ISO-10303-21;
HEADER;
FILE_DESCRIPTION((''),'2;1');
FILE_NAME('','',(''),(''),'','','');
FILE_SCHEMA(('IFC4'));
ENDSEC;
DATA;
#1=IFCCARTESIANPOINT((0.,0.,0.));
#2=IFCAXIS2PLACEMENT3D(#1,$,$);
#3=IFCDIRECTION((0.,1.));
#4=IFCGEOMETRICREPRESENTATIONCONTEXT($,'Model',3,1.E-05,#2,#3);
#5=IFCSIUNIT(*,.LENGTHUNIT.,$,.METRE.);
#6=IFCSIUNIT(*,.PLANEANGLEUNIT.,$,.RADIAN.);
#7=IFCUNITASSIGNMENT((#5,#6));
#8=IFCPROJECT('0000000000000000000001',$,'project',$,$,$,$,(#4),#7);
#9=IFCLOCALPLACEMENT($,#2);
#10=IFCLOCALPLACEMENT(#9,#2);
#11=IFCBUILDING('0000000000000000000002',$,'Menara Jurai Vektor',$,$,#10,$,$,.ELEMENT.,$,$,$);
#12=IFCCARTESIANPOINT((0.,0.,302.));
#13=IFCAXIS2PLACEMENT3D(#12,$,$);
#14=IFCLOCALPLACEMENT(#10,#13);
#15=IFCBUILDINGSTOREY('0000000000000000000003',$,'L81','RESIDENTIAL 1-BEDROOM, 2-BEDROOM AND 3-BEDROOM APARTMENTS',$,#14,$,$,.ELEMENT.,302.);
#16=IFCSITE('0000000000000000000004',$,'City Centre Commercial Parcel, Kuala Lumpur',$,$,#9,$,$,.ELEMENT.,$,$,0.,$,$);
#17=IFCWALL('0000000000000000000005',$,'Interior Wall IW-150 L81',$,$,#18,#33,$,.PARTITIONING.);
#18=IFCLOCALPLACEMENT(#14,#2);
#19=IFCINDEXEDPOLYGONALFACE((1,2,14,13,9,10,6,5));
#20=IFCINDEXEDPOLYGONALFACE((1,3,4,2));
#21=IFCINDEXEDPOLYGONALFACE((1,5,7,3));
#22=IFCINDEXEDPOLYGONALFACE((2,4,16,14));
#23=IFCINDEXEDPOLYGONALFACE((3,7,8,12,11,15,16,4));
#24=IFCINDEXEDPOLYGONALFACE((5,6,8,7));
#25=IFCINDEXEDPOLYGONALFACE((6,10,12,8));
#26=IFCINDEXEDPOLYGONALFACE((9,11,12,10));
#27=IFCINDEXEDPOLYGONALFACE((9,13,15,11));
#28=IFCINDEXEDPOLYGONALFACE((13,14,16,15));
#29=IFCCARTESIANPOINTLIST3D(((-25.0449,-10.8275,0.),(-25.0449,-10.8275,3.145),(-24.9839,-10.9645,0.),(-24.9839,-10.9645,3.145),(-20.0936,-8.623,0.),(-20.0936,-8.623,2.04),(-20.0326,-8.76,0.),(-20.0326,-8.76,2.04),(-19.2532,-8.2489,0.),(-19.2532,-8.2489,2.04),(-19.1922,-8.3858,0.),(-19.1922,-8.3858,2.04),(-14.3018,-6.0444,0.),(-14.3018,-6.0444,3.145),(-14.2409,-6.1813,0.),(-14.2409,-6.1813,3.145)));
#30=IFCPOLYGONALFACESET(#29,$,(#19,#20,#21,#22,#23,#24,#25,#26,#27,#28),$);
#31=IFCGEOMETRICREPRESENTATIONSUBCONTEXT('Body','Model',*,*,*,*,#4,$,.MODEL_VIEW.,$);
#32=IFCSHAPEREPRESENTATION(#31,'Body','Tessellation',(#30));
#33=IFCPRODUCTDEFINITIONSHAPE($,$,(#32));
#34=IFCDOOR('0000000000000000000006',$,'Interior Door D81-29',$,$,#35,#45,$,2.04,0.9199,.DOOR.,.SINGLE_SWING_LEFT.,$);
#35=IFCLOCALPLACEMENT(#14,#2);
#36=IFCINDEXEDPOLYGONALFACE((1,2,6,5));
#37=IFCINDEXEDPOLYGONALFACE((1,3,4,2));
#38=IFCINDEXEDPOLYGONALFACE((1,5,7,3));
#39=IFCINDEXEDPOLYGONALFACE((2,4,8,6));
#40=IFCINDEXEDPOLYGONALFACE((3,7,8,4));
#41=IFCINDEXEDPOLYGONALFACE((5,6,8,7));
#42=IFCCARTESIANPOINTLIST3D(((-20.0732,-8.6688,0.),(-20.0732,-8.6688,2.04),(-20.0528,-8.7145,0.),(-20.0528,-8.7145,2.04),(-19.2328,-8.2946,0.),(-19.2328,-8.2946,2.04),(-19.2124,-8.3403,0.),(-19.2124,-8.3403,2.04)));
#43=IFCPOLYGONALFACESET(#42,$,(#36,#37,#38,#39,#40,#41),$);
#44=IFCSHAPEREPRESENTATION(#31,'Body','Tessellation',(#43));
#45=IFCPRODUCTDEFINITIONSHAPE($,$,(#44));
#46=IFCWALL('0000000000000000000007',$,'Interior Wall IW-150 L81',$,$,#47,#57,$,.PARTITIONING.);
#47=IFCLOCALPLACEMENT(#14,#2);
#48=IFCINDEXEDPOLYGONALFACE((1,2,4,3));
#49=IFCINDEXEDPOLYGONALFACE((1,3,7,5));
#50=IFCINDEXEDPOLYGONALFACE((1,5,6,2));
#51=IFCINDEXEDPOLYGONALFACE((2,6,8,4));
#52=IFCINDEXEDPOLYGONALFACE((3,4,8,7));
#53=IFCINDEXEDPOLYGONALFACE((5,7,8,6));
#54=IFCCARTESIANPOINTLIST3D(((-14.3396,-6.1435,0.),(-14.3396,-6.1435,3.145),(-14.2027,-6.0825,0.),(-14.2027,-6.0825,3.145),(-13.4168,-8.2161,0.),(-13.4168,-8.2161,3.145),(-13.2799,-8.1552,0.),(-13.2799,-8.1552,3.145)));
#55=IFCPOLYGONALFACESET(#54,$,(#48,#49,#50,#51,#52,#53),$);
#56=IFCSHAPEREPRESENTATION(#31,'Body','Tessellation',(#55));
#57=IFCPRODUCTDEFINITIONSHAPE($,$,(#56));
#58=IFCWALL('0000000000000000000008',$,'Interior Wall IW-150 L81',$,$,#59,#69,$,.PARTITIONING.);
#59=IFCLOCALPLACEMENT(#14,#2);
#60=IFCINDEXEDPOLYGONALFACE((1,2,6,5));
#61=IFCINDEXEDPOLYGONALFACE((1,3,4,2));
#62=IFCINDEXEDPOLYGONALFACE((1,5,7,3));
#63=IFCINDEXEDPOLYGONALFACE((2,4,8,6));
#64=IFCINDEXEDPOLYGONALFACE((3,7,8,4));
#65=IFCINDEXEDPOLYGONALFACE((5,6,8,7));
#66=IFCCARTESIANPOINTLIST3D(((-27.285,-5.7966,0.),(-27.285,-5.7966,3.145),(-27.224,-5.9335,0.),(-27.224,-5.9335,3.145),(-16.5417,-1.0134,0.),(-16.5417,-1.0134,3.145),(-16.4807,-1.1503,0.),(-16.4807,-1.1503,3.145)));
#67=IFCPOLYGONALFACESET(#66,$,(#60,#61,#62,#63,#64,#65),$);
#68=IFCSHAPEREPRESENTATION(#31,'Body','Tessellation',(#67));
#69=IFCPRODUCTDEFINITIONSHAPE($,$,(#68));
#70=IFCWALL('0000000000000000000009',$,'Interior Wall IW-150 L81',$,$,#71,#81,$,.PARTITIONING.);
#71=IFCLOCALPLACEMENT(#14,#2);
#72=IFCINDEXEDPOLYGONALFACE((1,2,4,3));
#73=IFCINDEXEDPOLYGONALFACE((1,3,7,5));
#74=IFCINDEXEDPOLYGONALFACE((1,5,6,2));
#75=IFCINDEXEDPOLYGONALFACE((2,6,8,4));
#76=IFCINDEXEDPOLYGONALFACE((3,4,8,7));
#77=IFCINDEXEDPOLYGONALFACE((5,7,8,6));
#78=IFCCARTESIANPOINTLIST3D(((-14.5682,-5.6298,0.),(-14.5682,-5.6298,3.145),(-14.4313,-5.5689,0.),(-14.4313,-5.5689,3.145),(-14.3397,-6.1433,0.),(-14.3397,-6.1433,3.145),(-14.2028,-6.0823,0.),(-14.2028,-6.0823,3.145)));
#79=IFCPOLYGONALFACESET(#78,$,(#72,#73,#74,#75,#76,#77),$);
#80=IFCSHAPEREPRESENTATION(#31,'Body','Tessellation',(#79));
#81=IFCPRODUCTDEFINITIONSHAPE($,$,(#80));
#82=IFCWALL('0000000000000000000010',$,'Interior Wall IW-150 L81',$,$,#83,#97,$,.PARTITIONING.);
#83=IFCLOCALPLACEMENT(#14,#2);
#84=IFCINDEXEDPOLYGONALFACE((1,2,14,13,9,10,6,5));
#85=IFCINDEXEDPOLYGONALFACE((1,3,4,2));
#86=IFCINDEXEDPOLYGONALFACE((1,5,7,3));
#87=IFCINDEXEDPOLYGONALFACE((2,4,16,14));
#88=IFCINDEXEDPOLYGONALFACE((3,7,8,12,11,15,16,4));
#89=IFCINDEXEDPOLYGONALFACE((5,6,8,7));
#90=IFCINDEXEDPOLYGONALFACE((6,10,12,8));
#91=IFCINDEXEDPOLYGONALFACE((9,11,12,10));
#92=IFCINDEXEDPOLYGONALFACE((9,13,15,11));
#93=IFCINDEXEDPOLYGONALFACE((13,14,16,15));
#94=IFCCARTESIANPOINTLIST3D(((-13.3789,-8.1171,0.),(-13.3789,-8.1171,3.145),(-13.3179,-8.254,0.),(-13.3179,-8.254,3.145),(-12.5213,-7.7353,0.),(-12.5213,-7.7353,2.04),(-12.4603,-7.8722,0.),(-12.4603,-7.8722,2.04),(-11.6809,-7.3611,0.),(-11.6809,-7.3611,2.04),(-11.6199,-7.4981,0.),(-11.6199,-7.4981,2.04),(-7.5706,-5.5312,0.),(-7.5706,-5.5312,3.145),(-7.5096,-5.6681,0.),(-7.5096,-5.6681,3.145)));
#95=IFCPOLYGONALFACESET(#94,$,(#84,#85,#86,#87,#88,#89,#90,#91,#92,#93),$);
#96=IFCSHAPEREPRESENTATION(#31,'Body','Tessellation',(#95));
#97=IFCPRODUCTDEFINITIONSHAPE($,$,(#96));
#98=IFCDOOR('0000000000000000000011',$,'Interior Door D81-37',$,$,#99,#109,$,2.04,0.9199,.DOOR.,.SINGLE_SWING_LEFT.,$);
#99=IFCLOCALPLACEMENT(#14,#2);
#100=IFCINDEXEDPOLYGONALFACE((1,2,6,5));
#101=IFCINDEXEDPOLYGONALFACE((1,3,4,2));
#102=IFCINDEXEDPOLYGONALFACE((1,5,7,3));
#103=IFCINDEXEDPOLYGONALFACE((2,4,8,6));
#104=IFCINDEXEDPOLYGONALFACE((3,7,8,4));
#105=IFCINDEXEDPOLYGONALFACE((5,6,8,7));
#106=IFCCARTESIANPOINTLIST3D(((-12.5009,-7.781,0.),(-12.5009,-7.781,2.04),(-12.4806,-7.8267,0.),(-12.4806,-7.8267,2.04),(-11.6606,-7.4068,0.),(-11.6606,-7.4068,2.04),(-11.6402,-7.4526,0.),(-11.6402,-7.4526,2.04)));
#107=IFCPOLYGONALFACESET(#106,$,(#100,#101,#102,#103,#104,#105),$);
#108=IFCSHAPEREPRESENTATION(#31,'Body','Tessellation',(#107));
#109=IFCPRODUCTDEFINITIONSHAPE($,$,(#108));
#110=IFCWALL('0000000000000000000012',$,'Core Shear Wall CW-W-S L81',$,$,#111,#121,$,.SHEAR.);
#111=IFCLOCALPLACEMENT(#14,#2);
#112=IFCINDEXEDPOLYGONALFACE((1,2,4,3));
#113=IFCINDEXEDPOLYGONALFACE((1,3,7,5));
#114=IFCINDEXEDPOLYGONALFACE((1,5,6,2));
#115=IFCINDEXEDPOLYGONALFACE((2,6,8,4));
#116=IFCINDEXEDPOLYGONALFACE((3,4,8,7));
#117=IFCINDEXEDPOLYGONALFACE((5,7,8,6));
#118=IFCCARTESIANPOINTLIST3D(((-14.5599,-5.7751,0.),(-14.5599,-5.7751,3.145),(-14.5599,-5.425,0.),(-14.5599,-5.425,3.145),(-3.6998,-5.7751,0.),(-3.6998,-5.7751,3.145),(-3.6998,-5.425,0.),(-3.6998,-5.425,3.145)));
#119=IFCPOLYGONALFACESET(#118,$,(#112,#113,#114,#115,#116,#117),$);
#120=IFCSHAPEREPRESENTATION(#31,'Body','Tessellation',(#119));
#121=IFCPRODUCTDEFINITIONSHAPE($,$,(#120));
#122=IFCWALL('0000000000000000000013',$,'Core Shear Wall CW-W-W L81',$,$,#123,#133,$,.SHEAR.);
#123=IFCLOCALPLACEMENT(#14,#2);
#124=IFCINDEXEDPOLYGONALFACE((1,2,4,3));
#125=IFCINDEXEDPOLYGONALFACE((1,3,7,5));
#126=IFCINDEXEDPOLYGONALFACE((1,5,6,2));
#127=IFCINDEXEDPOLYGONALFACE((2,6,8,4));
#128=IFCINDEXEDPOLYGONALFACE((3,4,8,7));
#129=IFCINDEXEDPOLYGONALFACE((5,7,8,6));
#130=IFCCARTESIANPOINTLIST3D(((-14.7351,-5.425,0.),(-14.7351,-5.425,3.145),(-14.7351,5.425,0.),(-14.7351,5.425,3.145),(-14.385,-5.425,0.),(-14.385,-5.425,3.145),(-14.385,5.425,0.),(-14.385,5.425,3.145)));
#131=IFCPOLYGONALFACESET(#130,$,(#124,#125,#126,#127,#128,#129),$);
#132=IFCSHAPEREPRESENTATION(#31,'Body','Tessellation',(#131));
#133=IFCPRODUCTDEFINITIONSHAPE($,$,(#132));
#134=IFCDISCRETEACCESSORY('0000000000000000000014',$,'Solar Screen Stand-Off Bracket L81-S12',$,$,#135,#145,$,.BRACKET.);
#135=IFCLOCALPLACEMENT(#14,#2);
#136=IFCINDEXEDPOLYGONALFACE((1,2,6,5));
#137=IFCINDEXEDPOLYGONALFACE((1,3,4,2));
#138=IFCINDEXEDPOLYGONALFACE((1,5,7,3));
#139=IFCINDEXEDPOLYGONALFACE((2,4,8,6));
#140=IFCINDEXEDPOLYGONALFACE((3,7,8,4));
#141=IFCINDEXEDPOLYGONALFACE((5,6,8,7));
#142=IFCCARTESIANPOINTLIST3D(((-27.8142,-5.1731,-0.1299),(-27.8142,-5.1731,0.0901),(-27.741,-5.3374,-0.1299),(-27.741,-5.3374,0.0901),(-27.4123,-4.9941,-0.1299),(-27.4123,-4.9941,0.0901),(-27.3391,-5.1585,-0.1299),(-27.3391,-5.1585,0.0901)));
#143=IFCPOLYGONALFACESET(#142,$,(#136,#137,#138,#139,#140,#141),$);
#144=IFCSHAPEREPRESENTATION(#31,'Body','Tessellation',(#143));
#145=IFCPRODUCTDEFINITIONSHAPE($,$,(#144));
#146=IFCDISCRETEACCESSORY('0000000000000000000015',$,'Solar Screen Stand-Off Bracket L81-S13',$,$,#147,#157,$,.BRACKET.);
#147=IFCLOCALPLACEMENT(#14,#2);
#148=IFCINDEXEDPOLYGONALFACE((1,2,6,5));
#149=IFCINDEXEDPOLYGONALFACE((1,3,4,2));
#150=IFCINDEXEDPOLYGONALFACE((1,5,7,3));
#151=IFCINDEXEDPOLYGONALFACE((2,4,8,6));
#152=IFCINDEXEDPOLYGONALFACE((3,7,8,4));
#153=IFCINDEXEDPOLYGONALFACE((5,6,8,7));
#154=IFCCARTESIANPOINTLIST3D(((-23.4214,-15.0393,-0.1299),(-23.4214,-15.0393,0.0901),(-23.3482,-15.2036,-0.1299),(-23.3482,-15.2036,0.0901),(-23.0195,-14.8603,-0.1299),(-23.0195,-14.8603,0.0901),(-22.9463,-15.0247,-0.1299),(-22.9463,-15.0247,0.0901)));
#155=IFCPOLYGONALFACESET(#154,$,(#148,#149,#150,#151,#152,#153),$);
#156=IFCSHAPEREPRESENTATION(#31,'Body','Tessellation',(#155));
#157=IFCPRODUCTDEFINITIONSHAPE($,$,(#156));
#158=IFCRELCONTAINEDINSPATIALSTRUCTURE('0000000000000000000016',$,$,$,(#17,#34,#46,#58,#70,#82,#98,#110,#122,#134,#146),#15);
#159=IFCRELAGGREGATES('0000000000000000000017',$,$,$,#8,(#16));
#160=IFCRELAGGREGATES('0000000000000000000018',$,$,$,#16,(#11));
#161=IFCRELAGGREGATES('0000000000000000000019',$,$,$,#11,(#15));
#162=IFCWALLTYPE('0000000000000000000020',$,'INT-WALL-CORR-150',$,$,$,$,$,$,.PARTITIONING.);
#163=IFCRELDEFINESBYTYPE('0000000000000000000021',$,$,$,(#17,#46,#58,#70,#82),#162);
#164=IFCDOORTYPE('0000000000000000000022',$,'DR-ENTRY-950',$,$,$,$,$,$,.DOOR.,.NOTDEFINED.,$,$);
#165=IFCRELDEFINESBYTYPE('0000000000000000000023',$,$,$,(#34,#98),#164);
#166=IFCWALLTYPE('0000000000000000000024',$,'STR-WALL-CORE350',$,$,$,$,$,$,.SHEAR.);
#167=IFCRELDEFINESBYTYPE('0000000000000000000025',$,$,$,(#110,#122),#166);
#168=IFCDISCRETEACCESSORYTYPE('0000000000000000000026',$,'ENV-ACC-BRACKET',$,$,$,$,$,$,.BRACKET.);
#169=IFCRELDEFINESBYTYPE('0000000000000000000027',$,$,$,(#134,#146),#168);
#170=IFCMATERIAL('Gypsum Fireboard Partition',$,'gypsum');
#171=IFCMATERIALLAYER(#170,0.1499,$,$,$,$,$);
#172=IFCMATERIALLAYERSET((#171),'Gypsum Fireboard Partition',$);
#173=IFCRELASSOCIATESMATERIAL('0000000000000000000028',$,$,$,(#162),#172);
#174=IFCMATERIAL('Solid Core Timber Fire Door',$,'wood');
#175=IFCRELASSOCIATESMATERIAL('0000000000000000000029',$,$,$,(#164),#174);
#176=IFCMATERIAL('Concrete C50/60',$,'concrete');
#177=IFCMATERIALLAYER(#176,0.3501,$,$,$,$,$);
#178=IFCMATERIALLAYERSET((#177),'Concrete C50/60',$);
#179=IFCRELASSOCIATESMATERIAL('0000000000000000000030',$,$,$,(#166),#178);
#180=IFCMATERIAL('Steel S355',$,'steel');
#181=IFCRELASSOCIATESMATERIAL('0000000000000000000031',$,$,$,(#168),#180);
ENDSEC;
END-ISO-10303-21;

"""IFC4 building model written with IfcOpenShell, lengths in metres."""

from ifc_helpers import new_model, si_unit, direction, frame, frame_2d, origin, origin_2d, place, context, subcontext, project, spatial, rectangle, extrude, material, layer, layer_set, type_object, element, fill, save


model = new_model("IFC4")

# Units and contexts
model_context = context("Model", 3, precision=1e-05, world=origin(), true_north=direction((0.0, 1.0)))
body_context = subcontext(model_context, "Body", "Model", "MODEL_VIEW")
ifc_project = project(units=[si_unit("LENGTHUNIT", "METRE"), si_unit("PLANEANGLEUNIT", "RADIAN")], contexts=[model_context])

# Site, building, storey
site_placement = place(None, origin())
site = spatial("IfcSite", under=ifc_project, at=site_placement, Name="City Centre Commercial Parcel, Kuala Lumpur", CompositionType="ELEMENT", RefElevation=0.0)
building_placement = place(site_placement, origin())
building = spatial("IfcBuilding", under=site, at=building_placement, Name="Menara Jurai Vektor", CompositionType="ELEMENT")
storey_placement = place(building_placement, frame((0.0, 0.0, 302.0)))
storey = spatial("IfcBuildingStorey", under=building, at=storey_placement, Name="L81", Description="RESIDENTIAL 1-BEDROOM, 2-BEDROOM AND 3-BEDROOM APARTMENTS", CompositionType="ELEMENT", Elevation=302.0)

# Shared definitions
ifc_material_1 = material(Name="Concrete C50/60", Category="concrete")

# Shared definitions
ifc_material_2 = material(Name="Steel S355", Category="steel")

# Wall, opening, door
ifc_material_3 = material(Name="Gypsum Fireboard Partition", Category="gypsum")
ifc_layer_1 = layer(ifc_material_3, 0.1499)
ifc_layer_set_1 = layer_set([ifc_layer_1], Name="Gypsum Fireboard Partition")
wall_type_1 = type_object("IfcWallType", Name="INT-WALL-CORR-150", PredefinedType="PARTITIONING", material=ifc_layer_set_1)
ifc_material_4 = material(Name="Solid Core Timber Fire Door", Category="wood")
door_type = type_object("IfcDoorType", Name="DR-ENTRY-950", OperationType="NOTDEFINED", PredefinedType="DOOR", material=ifc_material_4)
wall_1_placement = place(storey_placement, frame((-25.0144, -10.896, 0.0), z_axis=(0.0, 0.0, 1.0), x_axis=(0.913544, 0.406739, 0.0)))
wall_1 = element("IfcWall", 1, at=wall_1_placement, inside=storey, type_object=wall_type_1, Name="Interior Wall IW-150 L81", PredefinedType="PARTITIONING", context=body_context, shape_type="SweptSolid", body=[
    extrude(rectangle(XDim=11.7598, YDim=0.1499, at=frame_2d((5.8799, 0.0))), origin(), (0.0, 0.0, 1.0), 3.145),
])
opening_1_placement = place(wall_1_placement, frame((5.4199, 0.0, 0.0)))
opening_1 = element("IfcOpeningElement", 2, at=opening_1_placement, cuts=wall_1, PredefinedType="OPENING", context=body_context, shape_type="SweptSolid", body=[
    extrude(rectangle(XDim=0.9199, YDim=2.04, at=frame_2d((0.46, 1.02))), frame((0.0, 0.085, 0.0), z_axis=(0.0, -1.0, 0.0), x_axis=(1.0, 0.0, 0.0)), (0.0, 0.0, 1.0), 0.1699),
])
door_1_placement = place(opening_1_placement, origin())
door_1 = element("IfcDoor", 3, at=door_1_placement, inside=storey, type_object=door_type, Name="Interior Door D81-29", OperationType="SINGLE_SWING_LEFT", OverallHeight=2.04, OverallWidth=0.9199, PredefinedType="DOOR", context=body_context, shape_type="SweptSolid", body=[
    extrude(rectangle(XDim=0.9199, YDim=2.04, at=frame_2d((0.46, 1.02))), frame((0.0, 0.0249, 0.0), z_axis=(0.0, -1.0, 0.0), x_axis=(1.0, 0.0, 0.0)), (0.0, 0.0, 1.0), 0.05),
])
fill(opening_1, door_1)

# Walls
wall_2_placement = place(storey_placement, frame((-13.3484, -8.1855, 0.0), z_axis=(0.0, 0.0, 1.0), x_axis=(-0.406737, 0.913545, 0.0)))
element("IfcWall", 4, at=wall_2_placement, inside=storey, type_object=wall_type_1, Name="Interior Wall IW-150 L81", PredefinedType="PARTITIONING", context=body_context, shape_type="SweptSolid", body=[
    extrude(rectangle(XDim=2.2688, YDim=0.1499, at=frame_2d((1.1343, 0.0))), origin(), (0.0, 0.0, 1.0), 3.145),
])
wall_3_placement = place(storey_placement, frame((-27.2544, -5.865, 0.0), z_axis=(0.0, 0.0, 1.0), x_axis=(0.913548, 0.406732, 0.0)))
element("IfcWall", 5, at=wall_3_placement, inside=storey, type_object=wall_type_1, Name="Interior Wall IW-150 L81", PredefinedType="PARTITIONING", context=body_context, shape_type="SweptSolid", body=[
    extrude(rectangle(XDim=11.76, YDim=0.1499, at=frame_2d((5.8799, 0.0))), origin(), (0.0, 0.0, 1.0), 3.145),
])
wall_4_placement = place(storey_placement, frame((-14.2712, -6.1128, 0.0), z_axis=(0.0, 0.0, 1.0), x_axis=(-0.406622, 0.913596, 0.0)))
element("IfcWall", 6, at=wall_4_placement, inside=storey, type_object=wall_type_1, Name="Interior Wall IW-150 L81", PredefinedType="PARTITIONING", context=body_context, shape_type="SweptSolid", body=[
    extrude(rectangle(XDim=0.562, YDim=0.1499, at=frame_2d((0.281, 0.0))), origin(), (0.0, 0.0, 1.0), 3.145),
])

# Wall, opening, door
wall_5_placement = place(storey_placement, frame((-13.3484, -8.1855, 0.0), z_axis=(0.0, 0.0, 1.0), x_axis=(0.913552, 0.406723, 0.0)))
wall_5 = element("IfcWall", 7, at=wall_5_placement, inside=storey, type_object=wall_type_1, Name="Interior Wall IW-150 L81", PredefinedType="PARTITIONING", context=body_context, shape_type="SweptSolid", body=[
    extrude(rectangle(XDim=6.3579, YDim=0.1499, at=frame_2d((3.179, 0.0))), origin(), (0.0, 0.0, 1.0), 3.145),
])
opening_2_placement = place(wall_5_placement, frame((0.9387, 0.0, 0.0)))
opening_2 = element("IfcOpeningElement", 8, at=opening_2_placement, cuts=wall_5, PredefinedType="OPENING", context=body_context, shape_type="SweptSolid", body=[
    extrude(rectangle(XDim=0.9199, YDim=2.04, at=frame_2d((0.46, 1.02))), frame((0.0, 0.085, 0.0), z_axis=(0.0, -1.0, 0.0), x_axis=(1.0, 0.0, 0.0)), (0.0, 0.0, 1.0), 0.1699),
])
door_2_placement = place(opening_2_placement, origin())
door_2 = element("IfcDoor", 9, at=door_2_placement, inside=storey, type_object=door_type, Name="Interior Door D81-37", OperationType="SINGLE_SWING_LEFT", OverallHeight=2.04, OverallWidth=0.9199, PredefinedType="DOOR", context=body_context, shape_type="SweptSolid", body=[
    extrude(rectangle(XDim=0.9199, YDim=2.04, at=frame_2d((0.46, 1.02))), frame((0.0, 0.0249, 0.0), z_axis=(0.0, -1.0, 0.0), x_axis=(1.0, 0.0, 0.0)), (0.0, 0.0, 1.0), 0.05),
])
fill(opening_2, door_2)

# Walls
ifc_layer_2 = layer(ifc_material_1, 0.3501)
ifc_layer_set_2 = layer_set([ifc_layer_2], Name="Concrete C50/60")
wall_type_2 = type_object("IfcWallType", Name="STR-WALL-CORE350", PredefinedType="SHEAR", material=ifc_layer_set_2)
wall_6_placement = place(storey_placement, frame((-14.5601, -5.6001, 0.0), z_axis=(0.0, 0.0, 1.0), x_axis=(1.0, 0.0, 0.0)))
element("IfcWall", 10, at=wall_6_placement, inside=storey, type_object=wall_type_2, Name="Core Shear Wall CW-W-S L81", PredefinedType="SHEAR", context=body_context, shape_type="SweptSolid", body=[
    extrude(rectangle(XDim=10.8601, YDim=0.3501, at=frame_2d((5.4302, 0.0))), origin(), (0.0, 0.0, 1.0), 3.145),
])
wall_7_placement = place(storey_placement, frame((-14.5601, -5.425, 0.0), z_axis=(0.0, 0.0, 1.0), x_axis=(0.0, 1.0, 0.0)))
element("IfcWall", 11, at=wall_7_placement, inside=storey, type_object=wall_type_2, Name="Core Shear Wall CW-W-W L81", PredefinedType="SHEAR", context=body_context, shape_type="SweptSolid", body=[
    extrude(rectangle(XDim=10.8501, YDim=0.3501, at=frame_2d((5.425, 0.0))), origin(), (0.0, 0.0, 1.0), 3.145),
])

# Discrete accessories
discrete_accessory_type = type_object("IfcDiscreteAccessoryType", Name="ENV-ACC-BRACKET", PredefinedType="BRACKET", material=ifc_material_2)
for number, where, z_axis, x_axis, name in (
    (12, (-27.5767, -5.1658, -0.1299), (0.0, 0.0, 1.0), (0.406737, -0.913545, 0.0), "Solar Screen Stand-Off Bracket L81-S12"),
    (13, (-23.1838, -15.032, -0.1299), (0.0, 0.0, 1.0), (0.406737, -0.913545, 0.0), "Solar Screen Stand-Off Bracket L81-S13"),
):
    element("IfcDiscreteAccessory", number, at=place(storey_placement, frame(where, z_axis=z_axis, x_axis=x_axis)), inside=storey, type_object=discrete_accessory_type, Name=name, PredefinedType="BRACKET", context=body_context, shape_type="SweptSolid", body=[
        extrude(rectangle(XDim=0.1799, YDim=0.4399, at=origin_2d()), origin(), (0.0, 0.0, 1.0), 0.22),
    ])

save(model, "model.ifc")
